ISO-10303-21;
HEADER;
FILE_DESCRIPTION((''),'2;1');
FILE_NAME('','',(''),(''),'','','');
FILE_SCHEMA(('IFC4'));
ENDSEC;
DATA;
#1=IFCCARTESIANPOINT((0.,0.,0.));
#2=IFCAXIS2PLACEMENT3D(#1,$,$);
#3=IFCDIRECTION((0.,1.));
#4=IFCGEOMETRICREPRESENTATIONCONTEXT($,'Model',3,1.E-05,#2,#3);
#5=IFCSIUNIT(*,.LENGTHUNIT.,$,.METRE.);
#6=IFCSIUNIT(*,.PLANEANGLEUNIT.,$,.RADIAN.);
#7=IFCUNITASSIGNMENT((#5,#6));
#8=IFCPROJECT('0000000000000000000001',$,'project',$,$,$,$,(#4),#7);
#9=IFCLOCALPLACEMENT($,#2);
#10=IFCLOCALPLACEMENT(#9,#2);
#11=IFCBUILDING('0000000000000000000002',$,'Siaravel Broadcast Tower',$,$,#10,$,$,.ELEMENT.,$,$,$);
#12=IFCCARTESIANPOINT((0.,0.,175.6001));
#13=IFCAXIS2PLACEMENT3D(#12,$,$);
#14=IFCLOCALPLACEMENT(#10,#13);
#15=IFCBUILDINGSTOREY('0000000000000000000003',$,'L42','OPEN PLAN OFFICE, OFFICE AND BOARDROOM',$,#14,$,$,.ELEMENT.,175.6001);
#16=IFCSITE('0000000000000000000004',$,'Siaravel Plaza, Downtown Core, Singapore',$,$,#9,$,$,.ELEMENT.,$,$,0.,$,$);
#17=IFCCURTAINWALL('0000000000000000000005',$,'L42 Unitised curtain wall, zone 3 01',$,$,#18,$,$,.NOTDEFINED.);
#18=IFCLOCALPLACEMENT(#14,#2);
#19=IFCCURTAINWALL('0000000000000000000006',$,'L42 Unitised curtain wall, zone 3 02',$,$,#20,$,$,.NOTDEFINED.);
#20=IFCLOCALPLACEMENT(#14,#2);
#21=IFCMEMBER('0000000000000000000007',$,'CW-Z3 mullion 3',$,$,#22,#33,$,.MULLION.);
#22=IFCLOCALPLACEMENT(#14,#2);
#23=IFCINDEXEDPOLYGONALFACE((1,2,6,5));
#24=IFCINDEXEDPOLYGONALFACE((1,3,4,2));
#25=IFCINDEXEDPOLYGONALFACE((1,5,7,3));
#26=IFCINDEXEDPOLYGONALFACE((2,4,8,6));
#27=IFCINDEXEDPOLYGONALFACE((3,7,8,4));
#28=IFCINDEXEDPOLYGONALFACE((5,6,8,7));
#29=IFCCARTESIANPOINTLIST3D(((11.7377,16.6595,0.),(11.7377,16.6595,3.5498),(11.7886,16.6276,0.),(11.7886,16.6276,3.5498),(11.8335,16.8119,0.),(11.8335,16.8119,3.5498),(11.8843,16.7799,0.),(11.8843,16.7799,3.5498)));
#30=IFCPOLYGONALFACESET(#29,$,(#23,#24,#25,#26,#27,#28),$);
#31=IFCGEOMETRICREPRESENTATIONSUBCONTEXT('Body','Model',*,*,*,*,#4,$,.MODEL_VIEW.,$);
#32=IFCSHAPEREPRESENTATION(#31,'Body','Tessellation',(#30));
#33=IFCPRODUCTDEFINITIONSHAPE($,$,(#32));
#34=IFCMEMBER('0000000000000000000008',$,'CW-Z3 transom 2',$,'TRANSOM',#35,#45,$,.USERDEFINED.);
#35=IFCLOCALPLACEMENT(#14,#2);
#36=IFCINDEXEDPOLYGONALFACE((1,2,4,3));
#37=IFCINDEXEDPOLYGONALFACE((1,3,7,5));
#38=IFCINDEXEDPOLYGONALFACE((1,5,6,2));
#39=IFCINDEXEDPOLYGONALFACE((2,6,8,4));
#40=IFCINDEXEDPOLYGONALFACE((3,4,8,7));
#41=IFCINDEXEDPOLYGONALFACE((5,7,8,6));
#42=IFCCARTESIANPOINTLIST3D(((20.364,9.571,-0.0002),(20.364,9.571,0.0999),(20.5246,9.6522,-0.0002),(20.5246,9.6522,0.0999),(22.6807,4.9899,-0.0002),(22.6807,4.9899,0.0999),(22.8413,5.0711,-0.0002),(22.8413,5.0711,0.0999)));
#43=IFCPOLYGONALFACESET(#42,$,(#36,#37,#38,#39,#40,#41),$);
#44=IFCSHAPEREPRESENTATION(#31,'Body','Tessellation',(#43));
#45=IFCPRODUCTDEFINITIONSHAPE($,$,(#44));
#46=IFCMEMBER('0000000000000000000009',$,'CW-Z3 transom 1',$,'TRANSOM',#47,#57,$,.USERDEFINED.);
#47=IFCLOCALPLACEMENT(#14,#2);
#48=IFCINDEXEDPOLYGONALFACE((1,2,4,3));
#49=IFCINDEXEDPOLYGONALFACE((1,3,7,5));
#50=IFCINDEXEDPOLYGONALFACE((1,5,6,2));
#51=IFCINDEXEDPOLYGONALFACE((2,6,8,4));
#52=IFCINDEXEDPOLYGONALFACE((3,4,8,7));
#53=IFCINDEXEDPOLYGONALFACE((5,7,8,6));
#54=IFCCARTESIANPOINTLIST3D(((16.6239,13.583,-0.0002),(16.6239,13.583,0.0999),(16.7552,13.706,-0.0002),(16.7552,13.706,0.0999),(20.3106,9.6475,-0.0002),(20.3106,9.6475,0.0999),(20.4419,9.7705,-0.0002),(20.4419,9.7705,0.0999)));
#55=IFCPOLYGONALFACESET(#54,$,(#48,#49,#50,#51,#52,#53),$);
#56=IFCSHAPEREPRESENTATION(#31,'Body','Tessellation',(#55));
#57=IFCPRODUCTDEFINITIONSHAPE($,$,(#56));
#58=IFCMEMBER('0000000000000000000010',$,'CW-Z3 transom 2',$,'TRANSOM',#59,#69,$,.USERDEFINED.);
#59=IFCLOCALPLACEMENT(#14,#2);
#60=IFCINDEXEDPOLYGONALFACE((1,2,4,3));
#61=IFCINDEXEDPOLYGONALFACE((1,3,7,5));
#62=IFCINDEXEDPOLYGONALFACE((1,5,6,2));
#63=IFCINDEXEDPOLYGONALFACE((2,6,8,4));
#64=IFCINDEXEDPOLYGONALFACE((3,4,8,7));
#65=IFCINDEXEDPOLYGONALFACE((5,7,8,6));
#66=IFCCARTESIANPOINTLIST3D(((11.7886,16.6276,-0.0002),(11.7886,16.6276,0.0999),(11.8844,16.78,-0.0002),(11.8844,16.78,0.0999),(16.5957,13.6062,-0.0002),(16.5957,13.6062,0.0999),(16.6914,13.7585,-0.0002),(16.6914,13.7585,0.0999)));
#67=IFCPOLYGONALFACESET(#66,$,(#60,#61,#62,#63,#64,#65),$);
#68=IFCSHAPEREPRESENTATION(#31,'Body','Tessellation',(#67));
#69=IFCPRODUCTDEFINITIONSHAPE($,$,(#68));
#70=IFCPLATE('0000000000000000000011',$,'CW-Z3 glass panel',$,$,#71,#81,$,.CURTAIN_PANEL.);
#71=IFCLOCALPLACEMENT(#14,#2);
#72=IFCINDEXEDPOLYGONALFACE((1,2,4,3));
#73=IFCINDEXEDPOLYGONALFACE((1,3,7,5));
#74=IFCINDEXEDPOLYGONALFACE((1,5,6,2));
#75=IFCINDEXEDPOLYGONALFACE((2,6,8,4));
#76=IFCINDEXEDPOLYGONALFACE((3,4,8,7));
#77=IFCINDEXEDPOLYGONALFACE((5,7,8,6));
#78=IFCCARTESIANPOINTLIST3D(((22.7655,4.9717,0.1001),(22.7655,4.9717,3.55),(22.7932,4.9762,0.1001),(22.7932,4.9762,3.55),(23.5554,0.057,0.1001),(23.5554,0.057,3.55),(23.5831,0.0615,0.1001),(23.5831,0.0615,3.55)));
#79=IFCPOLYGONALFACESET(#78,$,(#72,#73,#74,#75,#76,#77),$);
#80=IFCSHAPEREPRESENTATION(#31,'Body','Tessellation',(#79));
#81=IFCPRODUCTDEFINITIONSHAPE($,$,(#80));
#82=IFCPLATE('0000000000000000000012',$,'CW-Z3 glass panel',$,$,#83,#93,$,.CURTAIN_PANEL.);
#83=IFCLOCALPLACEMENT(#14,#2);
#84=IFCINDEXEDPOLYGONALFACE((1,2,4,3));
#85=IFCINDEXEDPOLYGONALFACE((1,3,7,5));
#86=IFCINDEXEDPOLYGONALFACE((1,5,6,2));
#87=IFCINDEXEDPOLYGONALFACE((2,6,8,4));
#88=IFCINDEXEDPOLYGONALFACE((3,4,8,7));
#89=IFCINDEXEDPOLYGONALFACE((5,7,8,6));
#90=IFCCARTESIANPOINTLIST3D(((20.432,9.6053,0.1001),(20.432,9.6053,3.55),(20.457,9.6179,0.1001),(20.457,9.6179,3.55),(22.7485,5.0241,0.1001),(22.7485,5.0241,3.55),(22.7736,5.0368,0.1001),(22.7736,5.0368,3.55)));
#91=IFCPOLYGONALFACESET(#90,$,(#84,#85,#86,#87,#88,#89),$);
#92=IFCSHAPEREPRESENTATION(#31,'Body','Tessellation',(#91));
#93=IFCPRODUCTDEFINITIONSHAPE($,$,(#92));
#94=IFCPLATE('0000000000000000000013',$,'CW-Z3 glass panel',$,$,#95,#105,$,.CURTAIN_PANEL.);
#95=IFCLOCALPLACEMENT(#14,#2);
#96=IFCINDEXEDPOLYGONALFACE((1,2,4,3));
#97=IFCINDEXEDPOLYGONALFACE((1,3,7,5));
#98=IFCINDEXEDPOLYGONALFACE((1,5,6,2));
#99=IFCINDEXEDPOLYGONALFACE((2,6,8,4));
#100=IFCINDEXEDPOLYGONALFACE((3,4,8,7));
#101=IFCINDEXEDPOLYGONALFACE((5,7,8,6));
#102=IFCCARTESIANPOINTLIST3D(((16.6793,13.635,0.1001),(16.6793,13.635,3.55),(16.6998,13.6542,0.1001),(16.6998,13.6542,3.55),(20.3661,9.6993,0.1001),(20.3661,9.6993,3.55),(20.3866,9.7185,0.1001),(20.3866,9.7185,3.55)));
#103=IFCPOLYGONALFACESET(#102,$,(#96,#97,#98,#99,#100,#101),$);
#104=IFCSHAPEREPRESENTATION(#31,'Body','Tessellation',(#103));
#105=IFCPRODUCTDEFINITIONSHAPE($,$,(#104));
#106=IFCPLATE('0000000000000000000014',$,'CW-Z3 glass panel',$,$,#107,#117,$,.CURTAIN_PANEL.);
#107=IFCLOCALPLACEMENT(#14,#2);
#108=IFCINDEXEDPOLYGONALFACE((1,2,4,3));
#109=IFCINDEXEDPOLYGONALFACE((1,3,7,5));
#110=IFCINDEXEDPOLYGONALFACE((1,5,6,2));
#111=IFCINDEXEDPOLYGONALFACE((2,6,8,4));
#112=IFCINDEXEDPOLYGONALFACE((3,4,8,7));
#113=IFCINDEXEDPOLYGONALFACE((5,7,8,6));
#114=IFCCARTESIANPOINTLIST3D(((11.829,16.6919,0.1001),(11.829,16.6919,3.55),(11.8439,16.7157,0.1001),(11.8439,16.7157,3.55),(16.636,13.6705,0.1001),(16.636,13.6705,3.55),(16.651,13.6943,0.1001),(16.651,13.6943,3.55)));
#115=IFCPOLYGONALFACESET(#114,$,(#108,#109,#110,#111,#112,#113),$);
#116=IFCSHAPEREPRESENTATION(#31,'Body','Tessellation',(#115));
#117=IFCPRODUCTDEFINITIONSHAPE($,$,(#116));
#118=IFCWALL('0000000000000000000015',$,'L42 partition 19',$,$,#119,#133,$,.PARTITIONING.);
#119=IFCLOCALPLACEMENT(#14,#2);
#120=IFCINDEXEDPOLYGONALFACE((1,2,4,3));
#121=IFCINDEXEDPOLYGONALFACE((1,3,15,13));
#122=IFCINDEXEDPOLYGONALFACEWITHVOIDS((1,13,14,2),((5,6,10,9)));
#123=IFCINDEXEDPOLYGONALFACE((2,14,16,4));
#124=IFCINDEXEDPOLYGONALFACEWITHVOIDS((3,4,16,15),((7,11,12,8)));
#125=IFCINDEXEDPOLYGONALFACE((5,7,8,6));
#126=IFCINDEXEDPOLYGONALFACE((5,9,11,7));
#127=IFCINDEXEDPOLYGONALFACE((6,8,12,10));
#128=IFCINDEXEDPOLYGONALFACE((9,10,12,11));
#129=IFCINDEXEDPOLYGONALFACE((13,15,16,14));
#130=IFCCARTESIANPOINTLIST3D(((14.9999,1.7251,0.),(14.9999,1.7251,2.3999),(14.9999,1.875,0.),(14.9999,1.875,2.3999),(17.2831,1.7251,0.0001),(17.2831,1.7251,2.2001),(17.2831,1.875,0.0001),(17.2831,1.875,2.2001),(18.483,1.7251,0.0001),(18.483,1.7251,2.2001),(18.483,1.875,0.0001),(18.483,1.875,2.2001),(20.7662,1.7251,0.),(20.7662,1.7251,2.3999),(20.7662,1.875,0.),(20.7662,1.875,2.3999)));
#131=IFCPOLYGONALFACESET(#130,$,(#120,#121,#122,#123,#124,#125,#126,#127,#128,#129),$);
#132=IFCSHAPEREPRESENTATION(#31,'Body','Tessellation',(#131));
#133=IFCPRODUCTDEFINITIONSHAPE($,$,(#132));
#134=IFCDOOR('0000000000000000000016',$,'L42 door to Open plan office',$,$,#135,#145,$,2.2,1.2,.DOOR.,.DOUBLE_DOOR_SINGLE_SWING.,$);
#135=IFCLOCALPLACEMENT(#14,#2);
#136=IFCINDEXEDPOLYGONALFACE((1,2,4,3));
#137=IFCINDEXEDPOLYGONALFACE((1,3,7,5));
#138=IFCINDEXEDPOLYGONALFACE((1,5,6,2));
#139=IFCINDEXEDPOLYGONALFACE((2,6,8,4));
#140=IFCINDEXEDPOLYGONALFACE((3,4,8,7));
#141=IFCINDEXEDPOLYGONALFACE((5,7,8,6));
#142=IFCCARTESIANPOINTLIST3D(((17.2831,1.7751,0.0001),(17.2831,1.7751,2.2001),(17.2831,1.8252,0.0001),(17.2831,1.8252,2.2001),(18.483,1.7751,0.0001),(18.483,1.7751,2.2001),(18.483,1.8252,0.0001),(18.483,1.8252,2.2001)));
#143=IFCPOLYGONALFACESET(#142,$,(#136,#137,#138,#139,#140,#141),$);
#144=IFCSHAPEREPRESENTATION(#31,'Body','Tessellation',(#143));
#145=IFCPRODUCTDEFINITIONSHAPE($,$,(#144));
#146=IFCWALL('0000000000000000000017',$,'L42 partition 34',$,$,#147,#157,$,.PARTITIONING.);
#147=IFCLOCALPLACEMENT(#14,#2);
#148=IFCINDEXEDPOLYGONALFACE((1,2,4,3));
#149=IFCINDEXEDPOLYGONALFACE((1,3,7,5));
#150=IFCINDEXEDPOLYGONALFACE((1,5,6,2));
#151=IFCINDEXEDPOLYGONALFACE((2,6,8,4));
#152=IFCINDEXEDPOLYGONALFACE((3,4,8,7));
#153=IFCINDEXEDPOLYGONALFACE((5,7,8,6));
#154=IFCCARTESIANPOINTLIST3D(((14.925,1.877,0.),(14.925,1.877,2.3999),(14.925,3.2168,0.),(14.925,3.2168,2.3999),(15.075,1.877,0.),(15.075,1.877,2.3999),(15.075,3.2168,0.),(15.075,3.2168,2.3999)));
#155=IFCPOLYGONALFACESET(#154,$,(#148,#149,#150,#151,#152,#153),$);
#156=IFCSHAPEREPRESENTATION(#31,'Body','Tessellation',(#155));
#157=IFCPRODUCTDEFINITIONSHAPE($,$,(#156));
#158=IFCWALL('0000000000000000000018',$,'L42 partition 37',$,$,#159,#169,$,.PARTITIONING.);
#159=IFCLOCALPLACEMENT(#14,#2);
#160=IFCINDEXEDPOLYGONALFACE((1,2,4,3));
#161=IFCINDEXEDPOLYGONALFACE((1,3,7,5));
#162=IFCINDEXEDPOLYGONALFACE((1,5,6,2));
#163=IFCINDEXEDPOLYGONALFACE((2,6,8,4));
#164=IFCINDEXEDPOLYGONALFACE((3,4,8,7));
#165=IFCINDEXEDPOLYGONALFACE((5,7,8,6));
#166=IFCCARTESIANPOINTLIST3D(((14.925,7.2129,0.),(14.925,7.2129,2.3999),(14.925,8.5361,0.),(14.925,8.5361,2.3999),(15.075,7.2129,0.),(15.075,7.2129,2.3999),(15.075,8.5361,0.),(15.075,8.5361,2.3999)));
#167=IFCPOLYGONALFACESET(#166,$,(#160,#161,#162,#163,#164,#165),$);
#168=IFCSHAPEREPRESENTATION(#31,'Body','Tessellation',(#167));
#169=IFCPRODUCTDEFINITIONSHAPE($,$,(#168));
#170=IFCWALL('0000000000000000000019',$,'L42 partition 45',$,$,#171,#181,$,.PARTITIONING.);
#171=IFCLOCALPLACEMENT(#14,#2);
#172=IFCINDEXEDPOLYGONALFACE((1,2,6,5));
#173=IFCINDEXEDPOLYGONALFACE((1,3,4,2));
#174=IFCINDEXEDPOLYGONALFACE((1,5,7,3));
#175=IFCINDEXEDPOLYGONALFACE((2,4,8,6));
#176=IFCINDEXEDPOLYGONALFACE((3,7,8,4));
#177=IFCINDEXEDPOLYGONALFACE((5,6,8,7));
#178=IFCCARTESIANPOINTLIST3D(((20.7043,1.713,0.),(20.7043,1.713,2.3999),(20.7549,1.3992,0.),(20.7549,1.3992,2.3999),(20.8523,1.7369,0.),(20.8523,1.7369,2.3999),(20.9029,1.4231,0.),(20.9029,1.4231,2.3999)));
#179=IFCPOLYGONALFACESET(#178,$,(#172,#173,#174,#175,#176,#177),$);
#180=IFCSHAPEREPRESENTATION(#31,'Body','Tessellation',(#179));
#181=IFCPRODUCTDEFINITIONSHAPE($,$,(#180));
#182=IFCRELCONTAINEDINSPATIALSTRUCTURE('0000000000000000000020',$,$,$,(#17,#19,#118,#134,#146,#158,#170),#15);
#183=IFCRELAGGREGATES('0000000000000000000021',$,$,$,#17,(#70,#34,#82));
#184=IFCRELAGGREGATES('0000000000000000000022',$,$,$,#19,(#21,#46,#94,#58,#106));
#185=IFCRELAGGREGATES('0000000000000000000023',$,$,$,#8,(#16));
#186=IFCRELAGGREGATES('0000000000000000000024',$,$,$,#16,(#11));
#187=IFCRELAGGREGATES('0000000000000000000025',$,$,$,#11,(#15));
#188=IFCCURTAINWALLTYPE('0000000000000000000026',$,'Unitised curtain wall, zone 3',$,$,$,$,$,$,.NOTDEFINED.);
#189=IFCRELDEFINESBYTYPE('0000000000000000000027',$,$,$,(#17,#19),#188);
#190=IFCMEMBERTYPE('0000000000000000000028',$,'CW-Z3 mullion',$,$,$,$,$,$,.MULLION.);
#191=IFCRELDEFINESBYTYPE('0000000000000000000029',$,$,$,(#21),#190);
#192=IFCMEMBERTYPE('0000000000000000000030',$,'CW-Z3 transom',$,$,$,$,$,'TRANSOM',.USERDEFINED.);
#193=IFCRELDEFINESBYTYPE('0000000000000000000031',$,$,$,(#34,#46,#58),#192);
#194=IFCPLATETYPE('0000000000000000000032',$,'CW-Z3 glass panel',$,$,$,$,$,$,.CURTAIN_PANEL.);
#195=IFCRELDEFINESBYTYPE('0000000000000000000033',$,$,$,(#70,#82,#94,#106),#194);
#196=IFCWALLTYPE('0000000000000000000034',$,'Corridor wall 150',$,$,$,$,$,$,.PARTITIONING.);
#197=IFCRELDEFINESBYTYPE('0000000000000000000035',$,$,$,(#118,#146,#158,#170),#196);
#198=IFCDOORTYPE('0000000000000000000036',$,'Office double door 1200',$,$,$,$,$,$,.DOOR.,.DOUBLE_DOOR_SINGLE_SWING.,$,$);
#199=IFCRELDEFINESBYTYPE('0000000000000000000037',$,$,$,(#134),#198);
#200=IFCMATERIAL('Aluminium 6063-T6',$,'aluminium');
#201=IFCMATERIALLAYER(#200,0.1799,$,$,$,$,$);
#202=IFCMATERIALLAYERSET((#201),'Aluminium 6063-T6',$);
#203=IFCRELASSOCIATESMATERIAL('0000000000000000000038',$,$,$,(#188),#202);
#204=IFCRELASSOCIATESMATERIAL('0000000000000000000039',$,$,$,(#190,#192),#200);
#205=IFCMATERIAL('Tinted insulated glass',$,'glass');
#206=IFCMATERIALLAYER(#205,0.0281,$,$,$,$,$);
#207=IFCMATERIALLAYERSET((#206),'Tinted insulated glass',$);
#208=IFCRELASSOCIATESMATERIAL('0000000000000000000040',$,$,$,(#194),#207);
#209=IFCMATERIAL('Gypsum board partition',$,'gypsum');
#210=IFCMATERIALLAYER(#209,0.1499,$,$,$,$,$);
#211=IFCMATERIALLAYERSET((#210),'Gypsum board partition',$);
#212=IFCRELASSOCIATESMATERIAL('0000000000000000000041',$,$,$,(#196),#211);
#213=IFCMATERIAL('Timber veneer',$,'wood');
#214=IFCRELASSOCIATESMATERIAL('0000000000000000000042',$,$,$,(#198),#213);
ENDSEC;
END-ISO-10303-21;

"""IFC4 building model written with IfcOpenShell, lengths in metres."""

from ifc_helpers import new_model, si_unit, direction, frame, frame_2d, origin, origin_2d, place, context, subcontext, project, spatial, rectangle, extrude, material, layer, layer_set, material_profile, profile_set, type_object, element, fill, aggregate, save


model = new_model("IFC4")

# Units and contexts
model_context = context("Model", 3, precision=1e-05, world=origin(), true_north=direction((0.0, 1.0)))
body_context = subcontext(model_context, "Body", "Model", "MODEL_VIEW")
ifc_project = project(units=[si_unit("LENGTHUNIT", "METRE"), si_unit("PLANEANGLEUNIT", "RADIAN")], contexts=[model_context])

# Site, building, storey
site_placement = place(None, origin())
site = spatial("IfcSite", under=ifc_project, at=site_placement, Name="Siaravel Plaza, Downtown Core, Singapore", CompositionType="ELEMENT", RefElevation=0.0)
building_placement = place(site_placement, origin())
building = spatial("IfcBuilding", under=site, at=building_placement, Name="Siaravel Broadcast Tower", CompositionType="ELEMENT")
storey_placement = place(building_placement, frame((0.0, 0.0, 175.6001)))
storey = spatial("IfcBuildingStorey", under=building, at=storey_placement, Name="L42", Description="OPEN PLAN OFFICE, OFFICE AND BOARDROOM", CompositionType="ELEMENT", Elevation=175.6001)

# Curtain walls, member
ifc_material_1 = material(Name="Aluminium 6063-T6", Category="aluminium")
ifc_layer_1 = layer(ifc_material_1, 0.1799)
ifc_layer_set_1 = layer_set([ifc_layer_1], Name="Aluminium 6063-T6")
curtain_wall_type = type_object("IfcCurtainWallType", Name="Unitised curtain wall, zone 3", PredefinedType="NOTDEFINED", material=ifc_layer_set_1)
curtain_wall_1_placement = place(storey_placement, origin())
curtain_wall_1 = element("IfcCurtainWall", 1, at=curtain_wall_1_placement, inside=storey, type_object=curtain_wall_type, Name="L42 Unitised curtain wall, zone 3 01", PredefinedType="NOTDEFINED")
ifc_material_profile_1 = material_profile(ifc_material_1, rectangle(XDim=0.1799, YDim=0.0601, at=origin_2d()))
ifc_profile_set_1 = profile_set([ifc_material_profile_1], Name="Aluminium 6063-T6")
member_type_1 = type_object("IfcMemberType", Name="CW-Z3 mullion", PredefinedType="MULLION", material=ifc_profile_set_1)
curtain_wall_2_placement = place(storey_placement, origin())
curtain_wall_2 = element("IfcCurtainWall", 2, at=curtain_wall_2_placement, inside=storey, type_object=curtain_wall_type, Name="L42 Unitised curtain wall, zone 3 02", PredefinedType="NOTDEFINED")
member_1_placement = place(storey_placement, frame((11.811, 16.7197, 0.0), z_axis=(0.0, 0.0, 1.0), x_axis=(-0.532149, -0.846651, 0.0)))
member_1 = element("IfcMember", 3, at=member_1_placement, type_object=member_type_1, Name="CW-Z3 mullion 3", PredefinedType="MULLION", context=body_context, shape_type="SweptSolid", body=[
    extrude(rectangle(XDim=0.1799, YDim=0.0601, at=origin_2d()), origin(), (0.0, 0.0, 1.0), 3.5498),
])

# Members
ifc_material_profile_2 = material_profile(ifc_material_1, rectangle(XDim=0.1799, YDim=0.1001, at=origin_2d()))
ifc_profile_set_2 = profile_set([ifc_material_profile_2], Name="Aluminium 6063-T6")
member_type_2 = type_object("IfcMemberType", Name="CW-Z3 transom", ElementType="TRANSOM", PredefinedType="USERDEFINED", material=ifc_profile_set_2)
member_2_placement = place(storey_placement, frame((22.761, 5.0305, 0.0498), z_axis=(-0.45128, 0.892382, 0.0), x_axis=(-0.892382, -0.45128, 0.0)))
member_2 = element("IfcMember", 4, at=member_2_placement, type_object=member_type_2, Name="CW-Z3 transom 2", ObjectType="TRANSOM", PredefinedType="USERDEFINED", context=body_context, shape_type="SweptSolid", body=[
    extrude(rectangle(XDim=0.1799, YDim=0.1001, at=origin_2d()), origin(), (0.0, 0.0, 1.0), 5.1335),
])
member_3_placement = place(storey_placement, frame((20.3762, 9.709, 0.0498), z_axis=(-0.683664, 0.729797, 0.0), x_axis=(-0.729797, -0.683664, 0.0)))
member_3 = element("IfcMember", 5, at=member_3_placement, type_object=member_type_2, Name="CW-Z3 transom 1", ObjectType="TRANSOM", PredefinedType="USERDEFINED", context=body_context, shape_type="SweptSolid", body=[
    extrude(rectangle(XDim=0.1799, YDim=0.1001, at=origin_2d()), origin(), (0.0, 0.0, 1.0), 5.3926),
])
member_4_placement = place(storey_placement, frame((16.6436, 13.6824, 0.0498), z_axis=(-0.846648, 0.532154, 0.0), x_axis=(-0.532154, -0.846648, 0.0)))
member_4 = element("IfcMember", 6, at=member_4_placement, type_object=member_type_2, Name="CW-Z3 transom 2", ObjectType="TRANSOM", PredefinedType="USERDEFINED", context=body_context, shape_type="SweptSolid", body=[
    extrude(rectangle(XDim=0.1799, YDim=0.1001, at=origin_2d()), origin(), (0.0, 0.0, 1.0), 5.6777),
])

# Plates
ifc_material_2 = material(Name="Tinted insulated glass", Category="glass")
ifc_layer_2 = layer(ifc_material_2, 0.0281)
ifc_layer_set_2 = layer_set([ifc_layer_2], Name="Tinted insulated glass")
plate_type = type_object("IfcPlateType", Name="CW-Z3 glass panel", PredefinedType="CURTAIN_PANEL", material=ifc_layer_set_2)
plate_1_placement = place(storey_placement, frame((23.1743, 2.5166, 0.1001), z_axis=(0.0, 0.0, 1.0), x_axis=(-0.158686, 0.987329, 0.0)))
plate_1 = element("IfcPlate", 7, at=plate_1_placement, type_object=plate_type, Name="CW-Z3 glass panel", PredefinedType="CURTAIN_PANEL", context=body_context, shape_type="SweptSolid", body=[
    extrude(rectangle(XDim=4.9778, YDim=0.0281, at=origin_2d()), origin(), (0.0, 0.0, 1.0), 3.45),
])
plate_2_placement = place(storey_placement, frame((21.6028, 7.321, 0.1001), z_axis=(0.0, 0.0, 1.0), x_axis=(-0.451261, 0.892392, 0.0)))
plate_2 = element("IfcPlate", 8, at=plate_2_placement, type_object=plate_type, Name="CW-Z3 glass panel", PredefinedType="CURTAIN_PANEL", context=body_context, shape_type="SweptSolid", body=[
    extrude(rectangle(XDim=5.1335, YDim=0.0281, at=origin_2d()), origin(), (0.0, 0.0, 1.0), 3.45),
])
aggregate(curtain_wall_1, [plate_1, member_2, plate_2])
plate_3_placement = place(storey_placement, frame((18.533, 11.6768, 0.1001), z_axis=(0.0, 0.0, 1.0), x_axis=(-0.683655, 0.729805, 0.0)))
plate_3 = element("IfcPlate", 9, at=plate_3_placement, type_object=plate_type, Name="CW-Z3 glass panel", PredefinedType="CURTAIN_PANEL", context=body_context, shape_type="SweptSolid", body=[
    extrude(rectangle(XDim=5.3928, YDim=0.0281, at=origin_2d()), origin(), (0.0, 0.0, 1.0), 3.45),
])
plate_4_placement = place(storey_placement, frame((14.24, 15.1931, 0.1001), z_axis=(0.0, 0.0, 1.0), x_axis=(-0.846651, 0.532149, 0.0)))
plate_4 = element("IfcPlate", 10, at=plate_4_placement, type_object=plate_type, Name="CW-Z3 glass panel", PredefinedType="CURTAIN_PANEL", context=body_context, shape_type="SweptSolid", body=[
    extrude(rectangle(XDim=5.6777, YDim=0.0281, at=origin_2d()), origin(), (0.0, 0.0, 1.0), 3.45),
])
aggregate(curtain_wall_2, [member_1, member_3, plate_3, member_4, plate_4])

# Wall, opening, door
ifc_material_3 = material(Name="Gypsum board partition", Category="gypsum")
ifc_layer_3 = layer(ifc_material_3, 0.1499)
ifc_layer_set_3 = layer_set([ifc_layer_3], Name="Gypsum board partition")
wall_type_1 = type_object("IfcWallType", Name="Corridor wall 150", PredefinedType="PARTITIONING", material=ifc_layer_set_3)
wall_1_placement = place(storey_placement, frame((20.7664, 1.8, 0.0), z_axis=(0.0, 0.0, 1.0), x_axis=(-1.0, 0.0, 0.0)))
wall_1 = element("IfcWall", 11, at=wall_1_placement, inside=storey, type_object=wall_type_1, Name="L42 partition 19", PredefinedType="PARTITIONING", context=body_context, shape_type="SweptSolid", body=[
    extrude(rectangle(XDim=5.7664, YDim=0.1499, at=frame_2d((2.8833, 0.0))), origin(), (0.0, 0.0, 1.0), 2.3999),
])
opening_1_placement = place(wall_1_placement, frame((2.2832, 0.0, 0.0)))
opening_1 = element("IfcOpeningElement", 12, at=opening_1_placement, cuts=wall_1, PredefinedType="OPENING", context=body_context, shape_type="SweptSolid", body=[
    extrude(rectangle(XDim=1.2, YDim=2.2, at=frame_2d((0.6001, 1.1001))), frame((0.0, 0.085, 0.0), z_axis=(0.0, -1.0, 0.0), x_axis=(1.0, 0.0, 0.0)), (0.0, 0.0, 1.0), 0.1699),
])
ifc_material_4 = material(Name="Timber veneer", Category="wood")
door_type_1 = type_object("IfcDoorType", Name="Office double door 1200", OperationType="DOUBLE_DOOR_SINGLE_SWING", PredefinedType="DOOR", material=ifc_material_4)
door_1_placement = place(opening_1_placement, origin())
door_1 = element("IfcDoor", 13, at=door_1_placement, inside=storey, type_object=door_type_1, Name="L42 door to Open plan office", OperationType="DOUBLE_DOOR_SINGLE_SWING", OverallHeight=2.2, OverallWidth=1.2, PredefinedType="DOOR", context=body_context, shape_type="SweptSolid", body=[
    extrude(rectangle(XDim=1.2, YDim=2.2, at=frame_2d((0.6001, 1.1001))), frame((0.0, 0.0249, 0.0), z_axis=(0.0, -1.0, 0.0), x_axis=(1.0, 0.0, 0.0)), (0.0, 0.0, 1.0), 0.05),
])
fill(opening_1, door_1)

# Walls
wall_2_placement = place(storey_placement, frame((15.0, 1.877, 0.0), z_axis=(0.0, 0.0, 1.0), x_axis=(0.0, 1.0, 0.0)))
element("IfcWall", 14, at=wall_2_placement, inside=storey, type_object=wall_type_1, Name="L42 partition 34", PredefinedType="PARTITIONING", context=body_context, shape_type="SweptSolid", body=[
    extrude(rectangle(XDim=1.3398, YDim=0.1499, at=frame_2d((0.6699, 0.0))), origin(), (0.0, 0.0, 1.0), 2.3999),
])
wall_3_placement = place(storey_placement, frame((15.0, 7.2129, 0.0), z_axis=(0.0, 0.0, 1.0), x_axis=(0.0, 1.0, 0.0)))
element("IfcWall", 15, at=wall_3_placement, inside=storey, type_object=wall_type_1, Name="L42 partition 37", PredefinedType="PARTITIONING", context=body_context, shape_type="SweptSolid", body=[
    extrude(rectangle(XDim=1.3232, YDim=0.1499, at=frame_2d((0.6616, 0.0))), origin(), (0.0, 0.0, 1.0), 2.3999),
])
wall_4_placement = place(storey_placement, frame((20.8289, 1.4111, 0.0), z_axis=(0.0, 0.0, 1.0), x_axis=(-0.159039, 0.987272, 0.0)))
element("IfcWall", 16, at=wall_4_placement, inside=storey, type_object=wall_type_1, Name="L42 partition 45", PredefinedType="PARTITIONING", context=body_context, shape_type="SweptSolid", body=[
    extrude(rectangle(XDim=0.3179, YDim=0.1499, at=frame_2d((0.1589, 0.0))), origin(), (0.0, 0.0, 1.0), 2.3999),
])

save(model, "model.ifc")
